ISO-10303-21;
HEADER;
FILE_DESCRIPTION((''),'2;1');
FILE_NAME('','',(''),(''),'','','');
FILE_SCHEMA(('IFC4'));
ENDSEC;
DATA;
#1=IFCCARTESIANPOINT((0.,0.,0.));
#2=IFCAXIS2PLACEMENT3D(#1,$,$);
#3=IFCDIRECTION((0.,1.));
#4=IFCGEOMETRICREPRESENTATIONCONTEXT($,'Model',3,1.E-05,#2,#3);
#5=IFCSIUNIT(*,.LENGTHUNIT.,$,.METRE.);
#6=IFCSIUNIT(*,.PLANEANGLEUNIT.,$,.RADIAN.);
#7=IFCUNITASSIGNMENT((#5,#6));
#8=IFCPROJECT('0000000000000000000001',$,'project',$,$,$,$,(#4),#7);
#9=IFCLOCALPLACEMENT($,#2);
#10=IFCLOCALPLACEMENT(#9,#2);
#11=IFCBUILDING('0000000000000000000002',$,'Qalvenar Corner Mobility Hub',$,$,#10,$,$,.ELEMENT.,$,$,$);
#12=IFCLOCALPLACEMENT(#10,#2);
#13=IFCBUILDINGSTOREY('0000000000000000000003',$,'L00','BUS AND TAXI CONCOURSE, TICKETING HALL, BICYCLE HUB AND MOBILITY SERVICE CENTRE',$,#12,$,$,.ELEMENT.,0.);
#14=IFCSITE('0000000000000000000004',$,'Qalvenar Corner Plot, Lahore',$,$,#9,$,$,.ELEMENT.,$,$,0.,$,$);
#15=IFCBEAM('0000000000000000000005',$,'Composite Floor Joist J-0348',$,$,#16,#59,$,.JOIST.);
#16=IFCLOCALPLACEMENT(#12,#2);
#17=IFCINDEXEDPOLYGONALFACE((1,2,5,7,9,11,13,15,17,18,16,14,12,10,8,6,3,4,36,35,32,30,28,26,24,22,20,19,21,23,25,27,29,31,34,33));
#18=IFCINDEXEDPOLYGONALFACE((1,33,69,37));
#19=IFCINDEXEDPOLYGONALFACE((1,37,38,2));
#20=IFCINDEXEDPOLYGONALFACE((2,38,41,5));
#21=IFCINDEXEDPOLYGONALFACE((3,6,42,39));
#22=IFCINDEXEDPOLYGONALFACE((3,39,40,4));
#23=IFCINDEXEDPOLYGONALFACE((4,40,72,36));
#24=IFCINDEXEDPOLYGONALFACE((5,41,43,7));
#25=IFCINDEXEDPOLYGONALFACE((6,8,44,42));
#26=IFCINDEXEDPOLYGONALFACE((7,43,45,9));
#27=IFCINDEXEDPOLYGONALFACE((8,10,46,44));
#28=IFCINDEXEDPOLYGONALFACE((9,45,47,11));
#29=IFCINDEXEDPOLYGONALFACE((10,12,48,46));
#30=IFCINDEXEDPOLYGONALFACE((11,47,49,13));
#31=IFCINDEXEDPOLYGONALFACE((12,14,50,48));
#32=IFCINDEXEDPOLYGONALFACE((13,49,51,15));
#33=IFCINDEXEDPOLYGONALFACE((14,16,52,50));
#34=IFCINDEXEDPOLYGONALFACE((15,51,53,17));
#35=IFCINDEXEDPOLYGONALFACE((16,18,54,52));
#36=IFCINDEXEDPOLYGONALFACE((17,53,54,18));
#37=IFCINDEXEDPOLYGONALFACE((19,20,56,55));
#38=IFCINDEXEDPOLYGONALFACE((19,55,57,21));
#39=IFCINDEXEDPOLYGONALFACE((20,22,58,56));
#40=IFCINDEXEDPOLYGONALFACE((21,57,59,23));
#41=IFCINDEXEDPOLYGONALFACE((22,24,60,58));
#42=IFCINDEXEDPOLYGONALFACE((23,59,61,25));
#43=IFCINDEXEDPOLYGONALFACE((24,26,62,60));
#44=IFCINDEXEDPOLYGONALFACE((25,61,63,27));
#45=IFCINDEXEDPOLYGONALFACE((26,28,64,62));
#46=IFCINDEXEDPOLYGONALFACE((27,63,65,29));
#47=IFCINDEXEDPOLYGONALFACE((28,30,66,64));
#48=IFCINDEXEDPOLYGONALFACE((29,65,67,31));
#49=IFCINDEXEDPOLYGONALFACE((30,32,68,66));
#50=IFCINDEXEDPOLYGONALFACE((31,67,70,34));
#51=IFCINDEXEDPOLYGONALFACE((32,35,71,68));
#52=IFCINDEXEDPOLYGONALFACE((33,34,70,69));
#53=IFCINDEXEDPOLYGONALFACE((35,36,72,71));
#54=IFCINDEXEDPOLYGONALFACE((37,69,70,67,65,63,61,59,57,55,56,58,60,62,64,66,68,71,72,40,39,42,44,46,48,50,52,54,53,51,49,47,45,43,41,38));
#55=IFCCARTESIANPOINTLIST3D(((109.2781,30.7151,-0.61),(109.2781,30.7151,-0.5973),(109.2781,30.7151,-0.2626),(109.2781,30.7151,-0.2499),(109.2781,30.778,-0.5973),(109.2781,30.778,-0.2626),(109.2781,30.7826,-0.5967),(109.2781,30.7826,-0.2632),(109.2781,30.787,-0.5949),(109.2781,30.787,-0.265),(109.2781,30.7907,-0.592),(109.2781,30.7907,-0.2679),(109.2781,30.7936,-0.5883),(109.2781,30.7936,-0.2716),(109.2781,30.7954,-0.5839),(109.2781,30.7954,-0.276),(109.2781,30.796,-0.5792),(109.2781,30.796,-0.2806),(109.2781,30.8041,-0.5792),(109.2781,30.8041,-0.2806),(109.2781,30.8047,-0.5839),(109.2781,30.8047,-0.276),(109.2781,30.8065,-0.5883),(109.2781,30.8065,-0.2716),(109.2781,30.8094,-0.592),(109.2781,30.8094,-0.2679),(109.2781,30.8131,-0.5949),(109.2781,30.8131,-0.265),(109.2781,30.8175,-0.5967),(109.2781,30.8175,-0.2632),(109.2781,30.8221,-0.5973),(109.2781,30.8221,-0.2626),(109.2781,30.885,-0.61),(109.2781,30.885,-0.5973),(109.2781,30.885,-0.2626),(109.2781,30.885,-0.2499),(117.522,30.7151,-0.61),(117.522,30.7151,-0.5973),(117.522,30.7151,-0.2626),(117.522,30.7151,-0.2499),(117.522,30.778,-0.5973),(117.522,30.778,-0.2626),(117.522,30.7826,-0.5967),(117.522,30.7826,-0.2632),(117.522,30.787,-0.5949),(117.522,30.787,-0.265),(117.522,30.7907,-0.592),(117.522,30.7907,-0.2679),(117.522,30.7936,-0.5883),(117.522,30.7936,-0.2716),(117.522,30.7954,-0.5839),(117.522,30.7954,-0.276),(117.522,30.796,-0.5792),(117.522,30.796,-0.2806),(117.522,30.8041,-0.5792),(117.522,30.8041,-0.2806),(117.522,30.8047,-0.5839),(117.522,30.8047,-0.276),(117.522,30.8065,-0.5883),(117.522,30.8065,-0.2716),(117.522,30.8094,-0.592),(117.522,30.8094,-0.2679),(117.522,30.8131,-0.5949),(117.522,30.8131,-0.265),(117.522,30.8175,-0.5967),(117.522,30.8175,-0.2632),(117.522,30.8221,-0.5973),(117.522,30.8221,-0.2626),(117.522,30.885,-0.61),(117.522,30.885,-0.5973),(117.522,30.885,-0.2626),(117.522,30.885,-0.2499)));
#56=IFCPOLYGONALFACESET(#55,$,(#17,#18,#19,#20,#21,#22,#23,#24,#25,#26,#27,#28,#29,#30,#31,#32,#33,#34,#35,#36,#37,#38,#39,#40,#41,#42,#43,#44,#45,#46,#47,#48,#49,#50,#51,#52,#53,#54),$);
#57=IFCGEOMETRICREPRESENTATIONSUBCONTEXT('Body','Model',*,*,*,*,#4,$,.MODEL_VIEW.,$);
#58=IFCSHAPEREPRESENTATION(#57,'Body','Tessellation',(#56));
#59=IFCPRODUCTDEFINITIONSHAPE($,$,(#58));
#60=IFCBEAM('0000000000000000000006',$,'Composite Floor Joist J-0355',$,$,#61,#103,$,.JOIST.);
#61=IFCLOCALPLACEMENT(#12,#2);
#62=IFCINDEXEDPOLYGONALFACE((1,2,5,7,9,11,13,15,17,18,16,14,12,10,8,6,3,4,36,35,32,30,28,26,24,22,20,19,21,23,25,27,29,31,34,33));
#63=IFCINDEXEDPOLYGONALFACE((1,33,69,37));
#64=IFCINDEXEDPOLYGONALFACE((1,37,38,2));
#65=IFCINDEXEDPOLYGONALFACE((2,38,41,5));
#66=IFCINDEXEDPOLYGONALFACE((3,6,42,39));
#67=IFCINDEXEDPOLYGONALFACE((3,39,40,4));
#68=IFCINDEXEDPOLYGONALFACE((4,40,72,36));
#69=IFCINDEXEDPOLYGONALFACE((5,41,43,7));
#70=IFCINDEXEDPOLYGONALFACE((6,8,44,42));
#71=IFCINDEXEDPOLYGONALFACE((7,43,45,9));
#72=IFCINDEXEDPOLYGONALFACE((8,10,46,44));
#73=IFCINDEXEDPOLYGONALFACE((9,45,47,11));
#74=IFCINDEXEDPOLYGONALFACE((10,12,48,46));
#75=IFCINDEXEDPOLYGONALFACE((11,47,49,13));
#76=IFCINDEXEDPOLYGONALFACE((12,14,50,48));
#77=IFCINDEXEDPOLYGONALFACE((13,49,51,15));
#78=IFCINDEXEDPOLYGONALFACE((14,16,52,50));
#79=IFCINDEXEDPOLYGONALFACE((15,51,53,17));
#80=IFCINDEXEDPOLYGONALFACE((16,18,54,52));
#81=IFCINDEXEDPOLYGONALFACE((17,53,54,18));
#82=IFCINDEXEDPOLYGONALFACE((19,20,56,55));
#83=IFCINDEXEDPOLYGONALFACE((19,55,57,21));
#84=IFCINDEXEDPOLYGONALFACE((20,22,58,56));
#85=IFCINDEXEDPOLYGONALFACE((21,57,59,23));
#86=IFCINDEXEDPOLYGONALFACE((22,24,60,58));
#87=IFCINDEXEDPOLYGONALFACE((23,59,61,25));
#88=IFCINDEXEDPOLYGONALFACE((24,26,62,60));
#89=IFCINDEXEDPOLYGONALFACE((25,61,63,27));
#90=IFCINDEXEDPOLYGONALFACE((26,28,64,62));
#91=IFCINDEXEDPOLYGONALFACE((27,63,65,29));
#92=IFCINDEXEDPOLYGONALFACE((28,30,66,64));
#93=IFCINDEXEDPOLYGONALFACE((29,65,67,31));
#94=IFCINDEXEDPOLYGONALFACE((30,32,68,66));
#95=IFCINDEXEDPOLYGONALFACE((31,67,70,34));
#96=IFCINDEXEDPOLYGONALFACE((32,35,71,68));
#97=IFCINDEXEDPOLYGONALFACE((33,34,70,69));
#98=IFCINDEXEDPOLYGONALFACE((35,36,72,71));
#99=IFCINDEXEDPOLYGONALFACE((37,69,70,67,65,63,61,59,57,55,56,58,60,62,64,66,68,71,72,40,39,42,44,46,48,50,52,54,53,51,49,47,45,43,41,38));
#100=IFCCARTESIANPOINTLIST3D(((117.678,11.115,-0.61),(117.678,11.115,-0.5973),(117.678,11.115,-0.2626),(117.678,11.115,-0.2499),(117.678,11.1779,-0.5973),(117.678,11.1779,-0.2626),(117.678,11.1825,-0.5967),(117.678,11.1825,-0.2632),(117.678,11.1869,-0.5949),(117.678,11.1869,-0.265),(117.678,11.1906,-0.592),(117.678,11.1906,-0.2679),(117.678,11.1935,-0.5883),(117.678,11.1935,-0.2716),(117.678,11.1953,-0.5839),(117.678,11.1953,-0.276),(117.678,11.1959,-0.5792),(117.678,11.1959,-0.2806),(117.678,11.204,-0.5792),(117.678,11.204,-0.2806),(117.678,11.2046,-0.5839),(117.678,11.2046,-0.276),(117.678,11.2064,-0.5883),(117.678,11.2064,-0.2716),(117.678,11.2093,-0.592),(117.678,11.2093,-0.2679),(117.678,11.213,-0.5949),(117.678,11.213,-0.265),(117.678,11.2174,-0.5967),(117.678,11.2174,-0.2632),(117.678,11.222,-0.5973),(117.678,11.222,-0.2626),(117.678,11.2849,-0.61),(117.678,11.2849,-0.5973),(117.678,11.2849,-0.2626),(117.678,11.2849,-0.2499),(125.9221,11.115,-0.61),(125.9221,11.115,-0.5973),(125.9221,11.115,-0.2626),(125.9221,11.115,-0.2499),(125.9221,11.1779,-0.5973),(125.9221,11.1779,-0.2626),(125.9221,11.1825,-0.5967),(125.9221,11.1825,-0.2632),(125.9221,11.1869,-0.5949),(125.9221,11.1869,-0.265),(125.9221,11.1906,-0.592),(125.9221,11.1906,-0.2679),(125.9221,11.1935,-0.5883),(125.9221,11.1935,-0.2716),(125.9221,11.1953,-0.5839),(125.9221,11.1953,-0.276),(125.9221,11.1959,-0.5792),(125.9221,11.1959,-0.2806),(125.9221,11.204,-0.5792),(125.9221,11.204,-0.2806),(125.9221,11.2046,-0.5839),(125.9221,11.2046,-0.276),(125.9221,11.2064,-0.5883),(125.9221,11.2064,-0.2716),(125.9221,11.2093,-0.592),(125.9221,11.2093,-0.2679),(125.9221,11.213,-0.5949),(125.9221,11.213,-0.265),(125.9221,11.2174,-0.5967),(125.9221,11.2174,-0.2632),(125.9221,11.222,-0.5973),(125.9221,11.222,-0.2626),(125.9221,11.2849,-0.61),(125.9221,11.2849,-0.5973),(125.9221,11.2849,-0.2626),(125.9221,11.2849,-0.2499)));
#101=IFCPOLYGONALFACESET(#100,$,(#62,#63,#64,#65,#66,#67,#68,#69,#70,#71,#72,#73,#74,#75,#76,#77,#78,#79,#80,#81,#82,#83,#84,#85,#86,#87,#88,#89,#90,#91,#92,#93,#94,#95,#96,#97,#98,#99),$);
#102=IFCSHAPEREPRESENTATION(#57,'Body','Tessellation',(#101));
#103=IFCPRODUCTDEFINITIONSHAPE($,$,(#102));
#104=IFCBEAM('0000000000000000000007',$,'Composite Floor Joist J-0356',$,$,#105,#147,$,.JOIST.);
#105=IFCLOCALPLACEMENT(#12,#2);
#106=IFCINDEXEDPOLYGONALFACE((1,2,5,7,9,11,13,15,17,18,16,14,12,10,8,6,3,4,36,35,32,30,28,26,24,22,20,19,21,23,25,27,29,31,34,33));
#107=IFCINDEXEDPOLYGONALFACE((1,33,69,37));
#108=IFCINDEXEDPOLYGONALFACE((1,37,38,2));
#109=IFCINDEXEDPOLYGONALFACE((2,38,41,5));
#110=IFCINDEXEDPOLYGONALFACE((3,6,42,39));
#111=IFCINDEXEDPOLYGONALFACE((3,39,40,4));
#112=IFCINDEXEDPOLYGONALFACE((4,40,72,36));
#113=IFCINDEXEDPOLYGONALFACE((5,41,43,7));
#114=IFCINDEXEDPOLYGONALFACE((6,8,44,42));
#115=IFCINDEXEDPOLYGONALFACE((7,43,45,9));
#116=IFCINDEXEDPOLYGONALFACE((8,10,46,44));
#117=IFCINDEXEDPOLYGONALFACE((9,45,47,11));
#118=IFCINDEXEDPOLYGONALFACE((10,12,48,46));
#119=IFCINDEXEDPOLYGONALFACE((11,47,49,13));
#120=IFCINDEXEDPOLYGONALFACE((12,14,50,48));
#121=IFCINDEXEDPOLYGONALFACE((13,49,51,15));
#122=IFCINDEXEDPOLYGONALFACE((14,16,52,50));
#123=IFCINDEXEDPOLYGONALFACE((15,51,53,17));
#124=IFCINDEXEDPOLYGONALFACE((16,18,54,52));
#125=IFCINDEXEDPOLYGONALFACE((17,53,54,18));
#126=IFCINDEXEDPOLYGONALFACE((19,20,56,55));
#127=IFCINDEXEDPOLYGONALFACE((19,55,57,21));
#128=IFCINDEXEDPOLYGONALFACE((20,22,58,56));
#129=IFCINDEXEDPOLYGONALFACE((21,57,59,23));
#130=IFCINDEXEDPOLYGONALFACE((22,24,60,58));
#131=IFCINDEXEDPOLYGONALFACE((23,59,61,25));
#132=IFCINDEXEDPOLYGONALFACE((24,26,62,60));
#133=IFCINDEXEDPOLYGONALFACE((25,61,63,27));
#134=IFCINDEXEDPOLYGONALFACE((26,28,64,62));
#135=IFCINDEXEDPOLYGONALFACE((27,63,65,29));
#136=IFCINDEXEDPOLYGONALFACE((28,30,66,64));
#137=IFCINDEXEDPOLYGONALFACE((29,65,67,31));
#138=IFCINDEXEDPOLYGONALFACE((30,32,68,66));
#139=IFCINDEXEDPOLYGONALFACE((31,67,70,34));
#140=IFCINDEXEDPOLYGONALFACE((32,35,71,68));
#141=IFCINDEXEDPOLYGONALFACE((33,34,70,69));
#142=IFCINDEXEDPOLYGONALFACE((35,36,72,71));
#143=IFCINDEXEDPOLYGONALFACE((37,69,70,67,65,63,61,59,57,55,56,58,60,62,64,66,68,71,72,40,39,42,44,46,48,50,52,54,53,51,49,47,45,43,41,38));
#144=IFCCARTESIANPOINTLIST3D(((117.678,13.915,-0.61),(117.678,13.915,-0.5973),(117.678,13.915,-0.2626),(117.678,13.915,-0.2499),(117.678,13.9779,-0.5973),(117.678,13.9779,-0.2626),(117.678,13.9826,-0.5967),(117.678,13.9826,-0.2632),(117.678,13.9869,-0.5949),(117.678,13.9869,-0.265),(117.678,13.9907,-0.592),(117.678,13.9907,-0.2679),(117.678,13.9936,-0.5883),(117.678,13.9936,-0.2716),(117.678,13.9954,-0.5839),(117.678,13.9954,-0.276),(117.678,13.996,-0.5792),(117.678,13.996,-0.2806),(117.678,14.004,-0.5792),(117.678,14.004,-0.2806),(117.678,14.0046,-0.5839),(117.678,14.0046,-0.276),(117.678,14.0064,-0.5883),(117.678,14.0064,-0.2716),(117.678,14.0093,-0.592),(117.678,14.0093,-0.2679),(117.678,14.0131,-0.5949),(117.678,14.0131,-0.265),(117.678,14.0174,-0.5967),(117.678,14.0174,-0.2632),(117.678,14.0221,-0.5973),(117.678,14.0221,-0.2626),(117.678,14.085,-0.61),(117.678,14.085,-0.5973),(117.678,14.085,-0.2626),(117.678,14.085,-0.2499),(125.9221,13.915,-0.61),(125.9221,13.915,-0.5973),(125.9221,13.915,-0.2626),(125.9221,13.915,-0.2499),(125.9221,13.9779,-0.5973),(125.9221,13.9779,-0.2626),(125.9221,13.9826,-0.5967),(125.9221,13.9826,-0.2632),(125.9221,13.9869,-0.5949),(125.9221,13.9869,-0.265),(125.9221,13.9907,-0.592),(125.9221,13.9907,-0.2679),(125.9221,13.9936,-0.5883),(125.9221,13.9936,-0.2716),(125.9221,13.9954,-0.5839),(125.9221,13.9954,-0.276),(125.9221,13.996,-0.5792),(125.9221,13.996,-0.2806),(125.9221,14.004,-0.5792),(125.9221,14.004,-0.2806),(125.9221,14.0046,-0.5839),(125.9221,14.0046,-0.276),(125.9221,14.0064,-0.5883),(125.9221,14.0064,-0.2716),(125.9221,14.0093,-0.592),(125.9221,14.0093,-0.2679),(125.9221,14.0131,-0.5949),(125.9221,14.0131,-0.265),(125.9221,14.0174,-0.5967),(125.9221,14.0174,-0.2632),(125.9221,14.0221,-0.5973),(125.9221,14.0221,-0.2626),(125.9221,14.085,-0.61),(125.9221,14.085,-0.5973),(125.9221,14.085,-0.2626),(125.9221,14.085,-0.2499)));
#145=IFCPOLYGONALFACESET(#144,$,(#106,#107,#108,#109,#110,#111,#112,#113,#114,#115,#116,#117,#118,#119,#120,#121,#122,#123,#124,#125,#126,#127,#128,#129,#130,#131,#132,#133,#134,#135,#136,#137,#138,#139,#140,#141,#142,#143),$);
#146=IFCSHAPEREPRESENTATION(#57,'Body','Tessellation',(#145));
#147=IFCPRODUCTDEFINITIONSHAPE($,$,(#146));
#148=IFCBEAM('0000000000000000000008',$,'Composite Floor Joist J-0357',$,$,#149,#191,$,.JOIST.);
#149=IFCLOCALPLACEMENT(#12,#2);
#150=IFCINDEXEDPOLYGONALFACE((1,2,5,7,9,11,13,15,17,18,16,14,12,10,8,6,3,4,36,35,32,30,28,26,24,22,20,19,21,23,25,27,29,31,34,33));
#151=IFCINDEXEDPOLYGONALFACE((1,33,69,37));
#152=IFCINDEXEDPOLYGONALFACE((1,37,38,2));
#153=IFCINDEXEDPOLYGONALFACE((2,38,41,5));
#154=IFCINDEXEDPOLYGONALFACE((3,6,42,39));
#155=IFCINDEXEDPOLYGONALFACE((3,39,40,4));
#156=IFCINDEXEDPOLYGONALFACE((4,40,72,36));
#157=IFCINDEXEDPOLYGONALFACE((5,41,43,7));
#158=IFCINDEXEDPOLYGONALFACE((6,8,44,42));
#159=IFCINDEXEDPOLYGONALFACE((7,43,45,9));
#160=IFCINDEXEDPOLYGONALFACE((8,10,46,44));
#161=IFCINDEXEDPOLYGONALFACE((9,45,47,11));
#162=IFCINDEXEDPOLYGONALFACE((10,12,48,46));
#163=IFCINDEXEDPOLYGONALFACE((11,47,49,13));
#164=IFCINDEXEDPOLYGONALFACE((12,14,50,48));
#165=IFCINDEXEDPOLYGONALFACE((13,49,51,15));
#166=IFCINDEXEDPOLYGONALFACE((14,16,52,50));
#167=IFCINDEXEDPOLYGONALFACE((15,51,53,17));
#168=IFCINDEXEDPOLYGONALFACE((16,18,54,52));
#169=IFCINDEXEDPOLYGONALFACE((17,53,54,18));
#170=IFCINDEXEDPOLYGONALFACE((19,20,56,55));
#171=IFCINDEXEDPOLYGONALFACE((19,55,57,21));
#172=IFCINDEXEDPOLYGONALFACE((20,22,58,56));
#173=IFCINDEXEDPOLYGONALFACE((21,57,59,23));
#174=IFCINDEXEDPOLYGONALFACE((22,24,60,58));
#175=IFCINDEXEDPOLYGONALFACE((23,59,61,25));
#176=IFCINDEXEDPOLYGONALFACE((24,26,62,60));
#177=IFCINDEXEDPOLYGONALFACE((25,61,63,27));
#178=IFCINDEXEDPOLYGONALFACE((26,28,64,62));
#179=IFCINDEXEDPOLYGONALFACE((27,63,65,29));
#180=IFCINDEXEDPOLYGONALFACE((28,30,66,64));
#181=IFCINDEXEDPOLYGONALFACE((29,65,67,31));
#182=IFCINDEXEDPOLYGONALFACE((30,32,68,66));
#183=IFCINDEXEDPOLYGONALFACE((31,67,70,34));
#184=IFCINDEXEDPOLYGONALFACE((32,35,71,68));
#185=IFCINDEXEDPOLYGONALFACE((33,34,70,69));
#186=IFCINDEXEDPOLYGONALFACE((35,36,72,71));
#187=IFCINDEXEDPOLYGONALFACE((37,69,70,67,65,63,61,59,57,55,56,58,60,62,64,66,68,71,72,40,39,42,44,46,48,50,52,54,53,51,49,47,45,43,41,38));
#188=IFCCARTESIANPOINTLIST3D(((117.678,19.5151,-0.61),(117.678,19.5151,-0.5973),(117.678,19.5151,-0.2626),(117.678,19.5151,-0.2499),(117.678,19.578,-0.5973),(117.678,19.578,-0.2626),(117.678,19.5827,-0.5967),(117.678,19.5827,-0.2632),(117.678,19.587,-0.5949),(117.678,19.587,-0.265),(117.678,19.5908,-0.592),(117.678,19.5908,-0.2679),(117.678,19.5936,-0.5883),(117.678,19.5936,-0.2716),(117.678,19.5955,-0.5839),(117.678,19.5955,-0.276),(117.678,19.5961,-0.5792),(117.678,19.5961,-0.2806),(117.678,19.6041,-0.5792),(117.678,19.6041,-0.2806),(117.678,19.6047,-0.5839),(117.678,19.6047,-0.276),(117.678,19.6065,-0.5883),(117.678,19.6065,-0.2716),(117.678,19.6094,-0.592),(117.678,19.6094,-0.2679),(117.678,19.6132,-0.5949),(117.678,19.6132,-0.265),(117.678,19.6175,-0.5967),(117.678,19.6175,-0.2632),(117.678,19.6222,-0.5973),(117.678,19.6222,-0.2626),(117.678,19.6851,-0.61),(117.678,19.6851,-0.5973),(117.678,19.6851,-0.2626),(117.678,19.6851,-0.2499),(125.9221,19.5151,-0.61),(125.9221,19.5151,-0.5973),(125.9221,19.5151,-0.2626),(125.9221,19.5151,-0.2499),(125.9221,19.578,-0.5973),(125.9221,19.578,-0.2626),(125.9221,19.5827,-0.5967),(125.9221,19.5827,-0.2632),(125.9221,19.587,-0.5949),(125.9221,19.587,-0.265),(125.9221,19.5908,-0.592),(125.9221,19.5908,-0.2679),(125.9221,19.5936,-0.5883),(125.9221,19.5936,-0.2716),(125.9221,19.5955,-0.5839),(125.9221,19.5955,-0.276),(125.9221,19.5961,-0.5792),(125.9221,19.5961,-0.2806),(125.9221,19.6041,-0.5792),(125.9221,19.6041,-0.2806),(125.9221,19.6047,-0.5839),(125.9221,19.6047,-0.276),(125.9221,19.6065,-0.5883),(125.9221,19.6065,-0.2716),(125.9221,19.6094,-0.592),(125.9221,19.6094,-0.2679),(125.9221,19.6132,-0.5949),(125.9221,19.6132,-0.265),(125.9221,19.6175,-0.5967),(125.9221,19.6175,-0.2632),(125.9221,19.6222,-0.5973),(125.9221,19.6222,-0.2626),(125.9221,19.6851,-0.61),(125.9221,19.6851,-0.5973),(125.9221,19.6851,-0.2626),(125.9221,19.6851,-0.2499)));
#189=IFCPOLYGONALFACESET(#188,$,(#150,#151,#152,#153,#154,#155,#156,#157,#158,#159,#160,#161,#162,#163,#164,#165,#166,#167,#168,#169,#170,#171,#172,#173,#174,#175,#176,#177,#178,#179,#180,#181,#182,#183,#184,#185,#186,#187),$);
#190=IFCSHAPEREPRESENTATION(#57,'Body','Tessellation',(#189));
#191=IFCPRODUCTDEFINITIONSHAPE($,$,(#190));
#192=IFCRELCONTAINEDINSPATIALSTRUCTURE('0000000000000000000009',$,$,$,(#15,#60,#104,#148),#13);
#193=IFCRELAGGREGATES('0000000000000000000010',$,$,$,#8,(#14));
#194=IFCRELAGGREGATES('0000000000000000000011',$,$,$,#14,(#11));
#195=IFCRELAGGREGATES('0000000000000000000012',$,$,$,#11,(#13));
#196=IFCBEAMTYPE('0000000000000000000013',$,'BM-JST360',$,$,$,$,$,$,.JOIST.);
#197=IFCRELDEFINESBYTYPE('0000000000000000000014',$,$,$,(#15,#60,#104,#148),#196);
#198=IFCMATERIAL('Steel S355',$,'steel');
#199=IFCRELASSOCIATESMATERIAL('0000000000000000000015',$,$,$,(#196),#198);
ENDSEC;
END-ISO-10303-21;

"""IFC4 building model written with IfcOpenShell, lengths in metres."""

from ifc_helpers import new_model, si_unit, direction, frame, origin, origin_2d, place, context, subcontext, project, spatial, i_section, extrude, material, material_profile, profile_set, type_object, element, save


model = new_model("IFC4")

# Units and contexts
model_context = context("Model", 3, precision=1e-05, world=origin(), true_north=direction((0.0, 1.0)))
body_context = subcontext(model_context, "Body", "Model", "MODEL_VIEW")
ifc_project = project(units=[si_unit("LENGTHUNIT", "METRE"), si_unit("PLANEANGLEUNIT", "RADIAN")], contexts=[model_context])

# Site, building, storey
site_placement = place(None, origin())
site = spatial("IfcSite", under=ifc_project, at=site_placement, Name="Qalvenar Corner Plot, Lahore", CompositionType="ELEMENT", RefElevation=0.0)
building_placement = place(site_placement, origin())
building = spatial("IfcBuilding", under=site, at=building_placement, Name="Qalvenar Corner Mobility Hub", CompositionType="ELEMENT")
storey_placement = place(building_placement, origin())
storey = spatial("IfcBuildingStorey", under=building, at=storey_placement, Name="L00", Description="BUS AND TAXI CONCOURSE, TICKETING HALL, BICYCLE HUB AND MOBILITY SERVICE CENTRE", CompositionType="ELEMENT", Elevation=0.0)

# Shared definitions
ifc_material_1 = material(Name="Steel S355", Category="steel")

# Beams
ifc_material_profile_1 = material_profile(ifc_material_1, i_section(OverallWidth=0.1699, OverallDepth=0.3601, WebThickness=0.0081, FlangeThickness=0.0127, FilletRadius=0.0181, at=origin_2d()), Name="IPE360")
ifc_profile_set_1 = profile_set([ifc_material_profile_1], Name="Steel S355")
beam_type_1 = type_object("IfcBeamType", Name="BM-JST360", PredefinedType="JOIST", material=ifc_profile_set_1)
for number, where, z_axis, x_axis, name in (
    (1, (109.2781, 30.8, -0.4299), (1.0, 0.0, 0.0), (0.0, 1.0, 0.0), "Composite Floor Joist J-0348"),
):
    element("IfcBeam", number, at=place(storey_placement, frame(where, z_axis=z_axis, x_axis=x_axis)), inside=storey, type_object=beam_type_1, Name=name, PredefinedType="JOIST", context=body_context, shape_type="SweptSolid", body=[
        extrude(i_section(OverallWidth=0.1699, OverallDepth=0.3601, WebThickness=0.0081, FlangeThickness=0.0127, FilletRadius=0.0181, at=origin_2d()), origin(), (0.0, 0.0, 1.0), 8.2439),
    ])
for number, where, z_axis, x_axis, name in (
    (2, (117.678, 11.2, -0.4299), (1.0, 0.0, 0.0), (0.0, 1.0, 0.0), "Composite Floor Joist J-0355"),
    (3, (117.678, 14.0, -0.4299), (1.0, 0.0, 0.0), (0.0, 1.0, 0.0), "Composite Floor Joist J-0356"),
    (4, (117.678, 19.6001, -0.4299), (1.0, 0.0, 0.0), (0.0, 1.0, 0.0), "Composite Floor Joist J-0357"),
):
    element("IfcBeam", number, at=place(storey_placement, frame(where, z_axis=z_axis, x_axis=x_axis)), inside=storey, type_object=beam_type_1, Name=name, PredefinedType="JOIST", context=body_context, shape_type="SweptSolid", body=[
        extrude(i_section(OverallWidth=0.1699, OverallDepth=0.3601, WebThickness=0.0081, FlangeThickness=0.0127, FilletRadius=0.0181, at=origin_2d()), origin(), (0.0, 0.0, 1.0), 8.2441),
    ])

save(model, "model.ifc")
